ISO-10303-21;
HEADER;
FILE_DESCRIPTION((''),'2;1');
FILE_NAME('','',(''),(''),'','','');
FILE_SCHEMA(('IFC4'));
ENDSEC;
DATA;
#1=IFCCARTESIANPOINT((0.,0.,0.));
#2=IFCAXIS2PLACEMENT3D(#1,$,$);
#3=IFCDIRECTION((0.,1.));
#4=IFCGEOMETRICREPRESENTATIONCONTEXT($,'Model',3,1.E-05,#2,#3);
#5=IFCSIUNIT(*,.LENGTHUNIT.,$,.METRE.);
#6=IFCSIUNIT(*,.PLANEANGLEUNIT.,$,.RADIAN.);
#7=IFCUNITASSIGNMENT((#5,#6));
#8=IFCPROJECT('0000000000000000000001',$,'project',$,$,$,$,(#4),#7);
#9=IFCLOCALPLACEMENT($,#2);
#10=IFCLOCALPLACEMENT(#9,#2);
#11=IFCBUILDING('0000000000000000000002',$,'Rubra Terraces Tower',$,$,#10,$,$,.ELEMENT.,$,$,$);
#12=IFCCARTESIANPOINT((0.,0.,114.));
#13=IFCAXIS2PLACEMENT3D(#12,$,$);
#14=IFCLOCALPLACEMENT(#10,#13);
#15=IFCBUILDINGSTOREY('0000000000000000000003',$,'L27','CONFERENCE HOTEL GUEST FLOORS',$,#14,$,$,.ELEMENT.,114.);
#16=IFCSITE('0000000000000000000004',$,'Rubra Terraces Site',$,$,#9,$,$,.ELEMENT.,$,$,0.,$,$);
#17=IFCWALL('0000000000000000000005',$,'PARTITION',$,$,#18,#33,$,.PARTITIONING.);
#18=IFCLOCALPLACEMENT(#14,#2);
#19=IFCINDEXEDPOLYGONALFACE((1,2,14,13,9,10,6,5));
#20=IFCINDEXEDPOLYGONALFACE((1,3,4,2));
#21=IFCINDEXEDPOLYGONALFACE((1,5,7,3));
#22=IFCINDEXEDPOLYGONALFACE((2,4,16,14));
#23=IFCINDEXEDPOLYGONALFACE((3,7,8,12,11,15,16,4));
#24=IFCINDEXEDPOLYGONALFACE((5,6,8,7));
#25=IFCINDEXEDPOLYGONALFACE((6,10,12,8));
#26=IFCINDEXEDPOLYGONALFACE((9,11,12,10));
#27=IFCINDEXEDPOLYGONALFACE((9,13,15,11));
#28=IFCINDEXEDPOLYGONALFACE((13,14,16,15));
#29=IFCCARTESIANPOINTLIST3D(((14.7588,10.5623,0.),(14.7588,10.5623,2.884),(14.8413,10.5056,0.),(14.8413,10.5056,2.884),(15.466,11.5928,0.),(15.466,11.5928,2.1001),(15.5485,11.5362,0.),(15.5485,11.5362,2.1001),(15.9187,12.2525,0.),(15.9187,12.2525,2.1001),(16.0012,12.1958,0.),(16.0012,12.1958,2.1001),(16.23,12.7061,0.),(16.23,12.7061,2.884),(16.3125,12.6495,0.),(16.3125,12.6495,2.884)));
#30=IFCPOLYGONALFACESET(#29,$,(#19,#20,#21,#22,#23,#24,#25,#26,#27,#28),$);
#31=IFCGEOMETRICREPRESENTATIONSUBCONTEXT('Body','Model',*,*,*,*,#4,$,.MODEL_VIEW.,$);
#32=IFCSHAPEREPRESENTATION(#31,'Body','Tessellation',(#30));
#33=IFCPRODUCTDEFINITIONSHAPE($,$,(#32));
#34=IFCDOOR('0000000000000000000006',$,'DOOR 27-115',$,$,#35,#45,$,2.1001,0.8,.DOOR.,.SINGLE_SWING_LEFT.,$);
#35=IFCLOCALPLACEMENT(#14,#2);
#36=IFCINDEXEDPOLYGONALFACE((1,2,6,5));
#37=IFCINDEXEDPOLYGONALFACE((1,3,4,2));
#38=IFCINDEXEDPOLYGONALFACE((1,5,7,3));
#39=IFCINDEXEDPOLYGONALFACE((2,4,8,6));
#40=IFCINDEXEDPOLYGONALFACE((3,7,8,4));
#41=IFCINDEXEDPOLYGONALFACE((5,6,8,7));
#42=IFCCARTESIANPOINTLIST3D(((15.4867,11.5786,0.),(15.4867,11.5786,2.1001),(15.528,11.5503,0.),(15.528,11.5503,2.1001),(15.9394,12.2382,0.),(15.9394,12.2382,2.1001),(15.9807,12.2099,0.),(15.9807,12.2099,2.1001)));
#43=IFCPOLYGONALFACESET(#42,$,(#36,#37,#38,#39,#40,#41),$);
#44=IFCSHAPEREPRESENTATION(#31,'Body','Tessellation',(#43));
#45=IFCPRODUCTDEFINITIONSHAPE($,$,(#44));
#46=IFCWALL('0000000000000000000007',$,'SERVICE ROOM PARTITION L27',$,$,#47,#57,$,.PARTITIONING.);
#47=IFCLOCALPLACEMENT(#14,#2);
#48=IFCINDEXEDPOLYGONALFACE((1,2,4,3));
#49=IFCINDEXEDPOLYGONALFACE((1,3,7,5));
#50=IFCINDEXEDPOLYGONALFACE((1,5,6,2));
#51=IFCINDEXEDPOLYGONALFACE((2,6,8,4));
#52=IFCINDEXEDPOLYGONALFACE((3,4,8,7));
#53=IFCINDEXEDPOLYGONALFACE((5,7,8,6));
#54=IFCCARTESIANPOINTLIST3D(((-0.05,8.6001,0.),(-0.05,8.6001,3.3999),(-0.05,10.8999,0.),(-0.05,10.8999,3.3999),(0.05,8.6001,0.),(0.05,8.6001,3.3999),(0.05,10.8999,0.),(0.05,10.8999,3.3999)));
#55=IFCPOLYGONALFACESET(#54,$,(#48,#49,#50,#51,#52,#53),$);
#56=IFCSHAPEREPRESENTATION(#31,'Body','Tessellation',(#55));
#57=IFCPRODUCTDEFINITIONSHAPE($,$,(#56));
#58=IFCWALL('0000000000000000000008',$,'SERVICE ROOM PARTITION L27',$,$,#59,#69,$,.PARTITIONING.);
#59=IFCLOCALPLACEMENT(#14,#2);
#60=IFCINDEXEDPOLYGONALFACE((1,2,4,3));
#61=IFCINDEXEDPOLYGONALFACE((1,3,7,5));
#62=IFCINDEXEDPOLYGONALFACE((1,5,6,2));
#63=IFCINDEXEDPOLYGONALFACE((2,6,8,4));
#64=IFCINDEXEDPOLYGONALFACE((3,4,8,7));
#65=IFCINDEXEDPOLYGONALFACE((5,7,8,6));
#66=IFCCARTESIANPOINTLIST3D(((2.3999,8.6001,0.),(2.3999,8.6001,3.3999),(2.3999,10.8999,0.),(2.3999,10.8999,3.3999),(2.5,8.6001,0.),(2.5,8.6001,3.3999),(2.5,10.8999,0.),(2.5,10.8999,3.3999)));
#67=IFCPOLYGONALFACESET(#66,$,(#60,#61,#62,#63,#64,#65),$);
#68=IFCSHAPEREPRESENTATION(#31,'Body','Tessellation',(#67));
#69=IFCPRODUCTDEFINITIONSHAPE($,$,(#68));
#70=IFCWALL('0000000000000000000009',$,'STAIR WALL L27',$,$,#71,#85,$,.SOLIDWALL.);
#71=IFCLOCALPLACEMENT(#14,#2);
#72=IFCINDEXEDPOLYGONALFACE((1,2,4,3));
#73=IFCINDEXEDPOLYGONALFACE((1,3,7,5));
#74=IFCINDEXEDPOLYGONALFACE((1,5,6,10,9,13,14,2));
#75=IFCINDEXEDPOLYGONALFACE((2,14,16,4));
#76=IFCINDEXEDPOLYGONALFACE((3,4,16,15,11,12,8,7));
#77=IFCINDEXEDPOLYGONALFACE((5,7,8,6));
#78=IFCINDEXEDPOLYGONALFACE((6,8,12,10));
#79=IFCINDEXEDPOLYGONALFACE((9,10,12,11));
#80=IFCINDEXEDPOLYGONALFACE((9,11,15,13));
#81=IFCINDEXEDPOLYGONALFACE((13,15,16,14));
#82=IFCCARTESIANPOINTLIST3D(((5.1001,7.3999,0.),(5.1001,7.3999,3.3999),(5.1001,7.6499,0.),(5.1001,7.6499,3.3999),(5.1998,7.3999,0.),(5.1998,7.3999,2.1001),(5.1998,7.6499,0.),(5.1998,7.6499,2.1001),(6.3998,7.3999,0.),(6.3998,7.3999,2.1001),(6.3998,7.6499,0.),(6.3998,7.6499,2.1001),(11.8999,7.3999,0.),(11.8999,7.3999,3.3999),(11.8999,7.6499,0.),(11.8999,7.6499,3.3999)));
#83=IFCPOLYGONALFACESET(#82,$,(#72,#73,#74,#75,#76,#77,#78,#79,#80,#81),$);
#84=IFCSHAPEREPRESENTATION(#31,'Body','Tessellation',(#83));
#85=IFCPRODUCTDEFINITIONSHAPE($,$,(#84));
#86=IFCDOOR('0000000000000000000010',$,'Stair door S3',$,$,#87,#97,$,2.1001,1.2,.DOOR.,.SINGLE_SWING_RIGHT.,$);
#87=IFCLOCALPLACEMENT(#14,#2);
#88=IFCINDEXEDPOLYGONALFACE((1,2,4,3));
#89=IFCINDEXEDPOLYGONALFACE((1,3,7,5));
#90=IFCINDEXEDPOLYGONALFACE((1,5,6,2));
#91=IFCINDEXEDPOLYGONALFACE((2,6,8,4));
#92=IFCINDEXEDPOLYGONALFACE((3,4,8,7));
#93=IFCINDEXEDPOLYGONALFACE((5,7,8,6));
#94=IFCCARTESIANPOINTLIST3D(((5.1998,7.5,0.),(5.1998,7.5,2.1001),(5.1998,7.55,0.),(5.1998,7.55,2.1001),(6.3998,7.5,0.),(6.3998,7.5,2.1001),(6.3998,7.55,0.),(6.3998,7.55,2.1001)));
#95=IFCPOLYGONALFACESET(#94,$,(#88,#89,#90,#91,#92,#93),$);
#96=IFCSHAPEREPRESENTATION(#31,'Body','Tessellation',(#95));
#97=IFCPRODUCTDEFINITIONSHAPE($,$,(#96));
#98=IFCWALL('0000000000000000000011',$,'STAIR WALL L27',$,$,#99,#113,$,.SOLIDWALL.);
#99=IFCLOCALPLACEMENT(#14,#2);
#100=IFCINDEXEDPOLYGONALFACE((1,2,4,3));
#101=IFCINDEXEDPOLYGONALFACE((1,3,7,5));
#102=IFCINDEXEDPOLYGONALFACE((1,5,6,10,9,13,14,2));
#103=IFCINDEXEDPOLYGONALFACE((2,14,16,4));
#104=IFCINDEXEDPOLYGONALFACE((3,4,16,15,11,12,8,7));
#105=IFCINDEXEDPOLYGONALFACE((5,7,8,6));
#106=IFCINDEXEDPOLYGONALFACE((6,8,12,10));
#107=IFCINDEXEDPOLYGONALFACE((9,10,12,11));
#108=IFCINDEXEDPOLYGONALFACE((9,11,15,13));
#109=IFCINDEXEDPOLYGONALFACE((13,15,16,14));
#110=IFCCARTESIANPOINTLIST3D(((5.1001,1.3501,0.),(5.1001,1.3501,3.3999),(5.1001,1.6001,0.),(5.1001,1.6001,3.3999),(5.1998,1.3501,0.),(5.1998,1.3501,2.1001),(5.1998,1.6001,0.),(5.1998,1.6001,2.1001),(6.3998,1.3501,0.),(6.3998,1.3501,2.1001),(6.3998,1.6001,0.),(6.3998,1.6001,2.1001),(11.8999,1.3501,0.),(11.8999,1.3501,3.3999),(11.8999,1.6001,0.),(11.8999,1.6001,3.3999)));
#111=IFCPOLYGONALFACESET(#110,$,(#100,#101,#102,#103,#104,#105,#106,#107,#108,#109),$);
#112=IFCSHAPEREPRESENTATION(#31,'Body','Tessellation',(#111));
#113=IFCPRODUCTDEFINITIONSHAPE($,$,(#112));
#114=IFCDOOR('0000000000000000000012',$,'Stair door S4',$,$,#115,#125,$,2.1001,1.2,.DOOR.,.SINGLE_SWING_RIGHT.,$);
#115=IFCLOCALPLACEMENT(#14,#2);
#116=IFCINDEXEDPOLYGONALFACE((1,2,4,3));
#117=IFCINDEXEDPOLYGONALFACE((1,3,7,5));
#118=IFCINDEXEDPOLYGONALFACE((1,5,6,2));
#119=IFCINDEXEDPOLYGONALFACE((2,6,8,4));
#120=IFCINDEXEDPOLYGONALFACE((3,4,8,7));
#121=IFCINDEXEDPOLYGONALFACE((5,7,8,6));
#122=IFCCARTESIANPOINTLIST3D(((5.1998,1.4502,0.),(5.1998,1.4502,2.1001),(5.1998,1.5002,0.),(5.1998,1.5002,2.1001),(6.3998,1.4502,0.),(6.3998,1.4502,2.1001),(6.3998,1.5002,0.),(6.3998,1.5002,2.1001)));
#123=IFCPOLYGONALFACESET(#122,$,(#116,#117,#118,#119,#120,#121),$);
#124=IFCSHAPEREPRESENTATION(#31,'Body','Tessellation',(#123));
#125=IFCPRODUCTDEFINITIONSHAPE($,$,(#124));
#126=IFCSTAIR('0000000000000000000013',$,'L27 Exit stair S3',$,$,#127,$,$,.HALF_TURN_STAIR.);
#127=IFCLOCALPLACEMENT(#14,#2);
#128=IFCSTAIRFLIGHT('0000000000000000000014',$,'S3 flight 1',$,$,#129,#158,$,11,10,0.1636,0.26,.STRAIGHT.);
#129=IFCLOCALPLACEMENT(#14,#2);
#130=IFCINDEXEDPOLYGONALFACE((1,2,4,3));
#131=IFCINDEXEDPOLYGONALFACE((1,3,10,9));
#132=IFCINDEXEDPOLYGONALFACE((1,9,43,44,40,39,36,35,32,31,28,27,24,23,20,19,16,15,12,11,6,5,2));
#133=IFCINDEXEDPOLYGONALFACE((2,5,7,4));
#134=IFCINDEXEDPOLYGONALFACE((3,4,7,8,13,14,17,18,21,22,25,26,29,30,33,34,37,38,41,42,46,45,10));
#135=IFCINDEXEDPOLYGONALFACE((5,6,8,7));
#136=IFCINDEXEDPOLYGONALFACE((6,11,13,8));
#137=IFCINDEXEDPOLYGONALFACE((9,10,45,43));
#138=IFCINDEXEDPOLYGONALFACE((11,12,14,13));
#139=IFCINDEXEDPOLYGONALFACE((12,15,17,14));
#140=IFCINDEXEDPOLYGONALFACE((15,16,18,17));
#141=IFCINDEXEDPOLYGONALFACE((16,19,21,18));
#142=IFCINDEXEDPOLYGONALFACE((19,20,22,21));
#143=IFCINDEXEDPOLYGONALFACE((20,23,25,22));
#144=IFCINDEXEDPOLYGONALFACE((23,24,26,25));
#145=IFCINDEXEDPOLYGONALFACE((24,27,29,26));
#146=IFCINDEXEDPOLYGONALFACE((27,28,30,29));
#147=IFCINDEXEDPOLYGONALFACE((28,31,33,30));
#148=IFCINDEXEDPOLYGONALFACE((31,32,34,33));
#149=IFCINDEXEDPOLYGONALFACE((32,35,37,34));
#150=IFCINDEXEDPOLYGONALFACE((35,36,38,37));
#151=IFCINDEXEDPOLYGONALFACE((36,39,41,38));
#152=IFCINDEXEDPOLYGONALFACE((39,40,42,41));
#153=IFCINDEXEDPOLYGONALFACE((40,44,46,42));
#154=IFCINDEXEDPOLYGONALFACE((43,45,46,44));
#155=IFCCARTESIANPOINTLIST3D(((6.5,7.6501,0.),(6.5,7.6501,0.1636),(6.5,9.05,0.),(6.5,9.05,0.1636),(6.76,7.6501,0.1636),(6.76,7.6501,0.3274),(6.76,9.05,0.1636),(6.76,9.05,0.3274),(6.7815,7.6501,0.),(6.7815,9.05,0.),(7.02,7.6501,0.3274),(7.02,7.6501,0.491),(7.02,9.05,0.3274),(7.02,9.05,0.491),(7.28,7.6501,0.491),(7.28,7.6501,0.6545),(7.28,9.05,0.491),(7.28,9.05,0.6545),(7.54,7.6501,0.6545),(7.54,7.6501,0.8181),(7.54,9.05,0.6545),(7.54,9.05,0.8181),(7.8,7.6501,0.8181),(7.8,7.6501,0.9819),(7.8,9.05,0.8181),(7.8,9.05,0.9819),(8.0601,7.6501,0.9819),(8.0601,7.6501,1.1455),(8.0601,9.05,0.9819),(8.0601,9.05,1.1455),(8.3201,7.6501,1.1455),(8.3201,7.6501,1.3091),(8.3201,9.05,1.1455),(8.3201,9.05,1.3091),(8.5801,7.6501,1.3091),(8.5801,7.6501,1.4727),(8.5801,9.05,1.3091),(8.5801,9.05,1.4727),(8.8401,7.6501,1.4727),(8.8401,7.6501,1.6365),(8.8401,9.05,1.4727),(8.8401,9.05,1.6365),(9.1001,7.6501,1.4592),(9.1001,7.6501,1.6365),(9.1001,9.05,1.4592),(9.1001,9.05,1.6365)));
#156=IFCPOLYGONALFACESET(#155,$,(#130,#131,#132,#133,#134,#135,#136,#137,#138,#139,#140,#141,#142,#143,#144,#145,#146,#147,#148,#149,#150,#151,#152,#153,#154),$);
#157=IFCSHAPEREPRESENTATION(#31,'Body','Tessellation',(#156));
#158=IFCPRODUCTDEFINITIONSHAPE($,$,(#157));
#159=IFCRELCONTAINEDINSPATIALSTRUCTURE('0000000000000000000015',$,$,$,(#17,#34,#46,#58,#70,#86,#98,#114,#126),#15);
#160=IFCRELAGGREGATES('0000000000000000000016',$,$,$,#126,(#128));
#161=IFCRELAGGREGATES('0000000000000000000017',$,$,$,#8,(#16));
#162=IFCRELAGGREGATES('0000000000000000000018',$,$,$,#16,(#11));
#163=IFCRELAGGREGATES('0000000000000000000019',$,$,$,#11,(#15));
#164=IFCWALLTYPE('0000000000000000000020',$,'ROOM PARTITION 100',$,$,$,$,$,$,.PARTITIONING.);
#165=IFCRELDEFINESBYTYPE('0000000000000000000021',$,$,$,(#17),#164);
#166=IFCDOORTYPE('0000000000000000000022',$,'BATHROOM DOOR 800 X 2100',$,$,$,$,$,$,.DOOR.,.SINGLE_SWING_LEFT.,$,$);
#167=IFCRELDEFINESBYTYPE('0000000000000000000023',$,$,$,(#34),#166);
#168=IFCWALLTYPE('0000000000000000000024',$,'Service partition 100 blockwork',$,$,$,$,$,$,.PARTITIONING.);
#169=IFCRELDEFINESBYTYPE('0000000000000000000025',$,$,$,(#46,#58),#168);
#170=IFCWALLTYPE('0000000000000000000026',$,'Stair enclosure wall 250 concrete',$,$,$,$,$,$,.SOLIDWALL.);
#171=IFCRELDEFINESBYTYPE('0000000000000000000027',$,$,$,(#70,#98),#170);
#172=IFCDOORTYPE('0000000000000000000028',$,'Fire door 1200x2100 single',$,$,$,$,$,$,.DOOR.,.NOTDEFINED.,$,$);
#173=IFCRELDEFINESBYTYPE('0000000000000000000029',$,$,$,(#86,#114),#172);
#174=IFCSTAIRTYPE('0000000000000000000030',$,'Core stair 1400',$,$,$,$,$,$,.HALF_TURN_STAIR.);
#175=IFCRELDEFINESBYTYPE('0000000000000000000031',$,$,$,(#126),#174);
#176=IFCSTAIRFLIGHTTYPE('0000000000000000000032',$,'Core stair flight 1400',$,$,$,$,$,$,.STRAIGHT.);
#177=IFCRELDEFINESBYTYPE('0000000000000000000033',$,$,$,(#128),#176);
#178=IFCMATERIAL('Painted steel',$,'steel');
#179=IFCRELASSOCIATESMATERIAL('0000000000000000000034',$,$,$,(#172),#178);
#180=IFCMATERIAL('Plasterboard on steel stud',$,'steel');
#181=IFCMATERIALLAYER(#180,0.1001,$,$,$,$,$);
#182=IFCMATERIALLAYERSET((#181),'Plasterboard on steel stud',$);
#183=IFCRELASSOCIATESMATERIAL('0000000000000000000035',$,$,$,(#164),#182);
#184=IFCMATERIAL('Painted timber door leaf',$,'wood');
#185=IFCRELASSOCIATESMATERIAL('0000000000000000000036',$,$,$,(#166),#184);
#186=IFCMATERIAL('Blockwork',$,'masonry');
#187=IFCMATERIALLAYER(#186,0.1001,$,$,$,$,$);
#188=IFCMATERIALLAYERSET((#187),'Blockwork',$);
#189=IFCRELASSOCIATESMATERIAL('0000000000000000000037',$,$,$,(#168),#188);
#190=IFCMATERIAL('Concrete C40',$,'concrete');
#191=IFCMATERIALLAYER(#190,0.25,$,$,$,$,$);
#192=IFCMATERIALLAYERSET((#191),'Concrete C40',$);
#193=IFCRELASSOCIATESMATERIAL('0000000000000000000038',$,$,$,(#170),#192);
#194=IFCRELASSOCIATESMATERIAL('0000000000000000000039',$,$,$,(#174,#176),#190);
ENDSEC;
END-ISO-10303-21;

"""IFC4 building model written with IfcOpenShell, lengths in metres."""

from ifc_helpers import new_model, si_unit, direction, frame, frame_2d, origin, place, context, subcontext, project, spatial, polyline, rectangle, outline, extrude, material, layer, layer_set, type_object, element, fill, aggregate, save


model = new_model("IFC4")

# Units and contexts
model_context = context("Model", 3, precision=1e-05, world=origin(), true_north=direction((0.0, 1.0)))
body_context = subcontext(model_context, "Body", "Model", "MODEL_VIEW")
ifc_project = project(units=[si_unit("LENGTHUNIT", "METRE"), si_unit("PLANEANGLEUNIT", "RADIAN")], contexts=[model_context])

# Site, building, storey
site_placement = place(None, origin())
site = spatial("IfcSite", under=ifc_project, at=site_placement, Name="Rubra Terraces Site", CompositionType="ELEMENT", RefElevation=0.0)
building_placement = place(site_placement, origin())
building = spatial("IfcBuilding", under=site, at=building_placement, Name="Rubra Terraces Tower", CompositionType="ELEMENT")
storey_placement = place(building_placement, frame((0.0, 0.0, 114.0)))
storey = spatial("IfcBuildingStorey", under=building, at=storey_placement, Name="L27", Description="CONFERENCE HOTEL GUEST FLOORS", CompositionType="ELEMENT", Elevation=114.0)

# Shared definitions
ifc_material_1 = material(Name="Concrete C40", Category="concrete")

# Shared definitions
ifc_material_2 = material(Name="Painted steel", Category="steel")
door_type_1 = type_object("IfcDoorType", Name="Fire door 1200x2100 single", OperationType="NOTDEFINED", PredefinedType="DOOR", material=ifc_material_2)

# Wall, opening, door
ifc_material_3 = material(Name="Plasterboard on steel stud", Category="steel")
ifc_layer_1 = layer(ifc_material_3, 0.1001)
ifc_layer_set_1 = layer_set([ifc_layer_1], Name="Plasterboard on steel stud")
wall_type_1 = type_object("IfcWallType", Name="ROOM PARTITION 100", PredefinedType="PARTITIONING", material=ifc_layer_set_1)
wall_1_placement = place(storey_placement, frame((14.8, 10.5339, 0.0), z_axis=(0.0, 0.0, 1.0), x_axis=(0.565831, 0.824521, 0.0)))
wall_1 = element("IfcWall", 1, at=wall_1_placement, inside=storey, type_object=wall_type_1, Name="PARTITION", PredefinedType="PARTITIONING", context=body_context, shape_type="SweptSolid", body=[
    extrude(rectangle(XDim=2.6001, YDim=0.1001, at=frame_2d((1.3, 0.0))), origin(), (0.0, 0.0, 1.0), 2.884),
])
opening_1_placement = place(wall_1_placement, frame((1.25, 0.0, 0.0)))
opening_1 = element("IfcOpeningElement", 2, at=opening_1_placement, cuts=wall_1, PredefinedType="OPENING", context=body_context, shape_type="SweptSolid", body=[
    extrude(rectangle(XDim=0.8, YDim=2.1001, at=frame_2d((0.3999, 1.05))), frame((0.0, 0.0601, 0.0), z_axis=(0.0, -1.0, 0.0), x_axis=(1.0, 0.0, 0.0)), (0.0, 0.0, 1.0), 0.1201),
])
ifc_material_4 = material(Name="Painted timber door leaf", Category="wood")
door_type_2 = type_object("IfcDoorType", Name="BATHROOM DOOR 800 X 2100", OperationType="SINGLE_SWING_LEFT", PredefinedType="DOOR", material=ifc_material_4)
door_1_placement = place(opening_1_placement, origin())
door_1 = element("IfcDoor", 3, at=door_1_placement, inside=storey, type_object=door_type_2, Name="DOOR 27-115", OperationType="SINGLE_SWING_LEFT", OverallHeight=2.1001, OverallWidth=0.8, PredefinedType="DOOR", context=body_context, shape_type="SweptSolid", body=[
    extrude(rectangle(XDim=0.8, YDim=2.1001, at=frame_2d((0.3999, 1.05))), frame((0.0, 0.0249, 0.0), z_axis=(0.0, -1.0, 0.0), x_axis=(1.0, 0.0, 0.0)), (0.0, 0.0, 1.0), 0.05),
])
fill(opening_1, door_1)

# Walls
ifc_material_5 = material(Name="Blockwork", Category="masonry")
ifc_layer_2 = layer(ifc_material_5, 0.1001)
ifc_layer_set_2 = layer_set([ifc_layer_2], Name="Blockwork")
wall_type_2 = type_object("IfcWallType", Name="Service partition 100 blockwork", PredefinedType="PARTITIONING", material=ifc_layer_set_2)
for number, where, z_axis, x_axis, name in (
    (4, (0.0, 8.6001, 0.0), (0.0, 0.0, 1.0), (0.0, 1.0, 0.0), "SERVICE ROOM PARTITION L27"),
    (5, (2.45, 8.6001, 0.0), (0.0, 0.0, 1.0), (0.0, 1.0, 0.0), "SERVICE ROOM PARTITION L27"),
):
    element("IfcWall", number, at=place(storey_placement, frame(where, z_axis=z_axis, x_axis=x_axis)), inside=storey, type_object=wall_type_2, Name=name, PredefinedType="PARTITIONING", context=body_context, shape_type="SweptSolid", body=[
        extrude(rectangle(XDim=2.2998, YDim=0.1001, at=frame_2d((1.1499, 0.0))), origin(), (0.0, 0.0, 1.0), 3.3999),
    ])

# Walls, openings, doors
ifc_layer_3 = layer(ifc_material_1, 0.25)
ifc_layer_set_3 = layer_set([ifc_layer_3], Name="Concrete C40")
wall_type_3 = type_object("IfcWallType", Name="Stair enclosure wall 250 concrete", PredefinedType="SOLIDWALL", material=ifc_layer_set_3)
wall_2_placement = place(storey_placement, frame((11.8999, 7.5249, 0.0), z_axis=(0.0, 0.0, 1.0), x_axis=(-1.0, 0.0, 0.0)))
wall_2 = element("IfcWall", 6, at=wall_2_placement, inside=storey, type_object=wall_type_3, Name="STAIR WALL L27", PredefinedType="SOLIDWALL", context=body_context, shape_type="SweptSolid", body=[
    extrude(rectangle(XDim=6.7998, YDim=0.25, at=frame_2d((3.3999, 0.0))), origin(), (0.0, 0.0, 1.0), 3.3999),
])
opening_2_placement = place(wall_2_placement, frame((5.5, 0.0, 0.0)))
opening_2 = element("IfcOpeningElement", 7, at=opening_2_placement, cuts=wall_2, PredefinedType="OPENING", context=body_context, shape_type="SweptSolid", body=[
    extrude(rectangle(XDim=1.2, YDim=2.1001, at=frame_2d((0.6001, 1.05))), frame((0.0, 0.135, 0.0), z_axis=(0.0, -1.0, 0.0), x_axis=(1.0, 0.0, 0.0)), (0.0, 0.0, 1.0), 0.27),
])
door_2_placement = place(opening_2_placement, origin())
door_2 = element("IfcDoor", 8, at=door_2_placement, inside=storey, type_object=door_type_1, Name="Stair door S3", OperationType="SINGLE_SWING_RIGHT", OverallHeight=2.1001, OverallWidth=1.2, PredefinedType="DOOR", context=body_context, shape_type="SweptSolid", body=[
    extrude(rectangle(XDim=1.2, YDim=2.1001, at=frame_2d((0.6001, 1.05))), frame((0.0, 0.0249, 0.0), z_axis=(0.0, -1.0, 0.0), x_axis=(1.0, 0.0, 0.0)), (0.0, 0.0, 1.0), 0.05),
])
fill(opening_2, door_2)
wall_3_placement = place(storey_placement, frame((11.8999, 1.4751, 0.0), z_axis=(0.0, 0.0, 1.0), x_axis=(-1.0, 0.0, 0.0)))
wall_3 = element("IfcWall", 9, at=wall_3_placement, inside=storey, type_object=wall_type_3, Name="STAIR WALL L27", PredefinedType="SOLIDWALL", context=body_context, shape_type="SweptSolid", body=[
    extrude(rectangle(XDim=6.7998, YDim=0.25, at=frame_2d((3.3999, 0.0))), origin(), (0.0, 0.0, 1.0), 3.3999),
])
opening_3_placement = place(wall_3_placement, frame((5.5, 0.0, 0.0)))
opening_3 = element("IfcOpeningElement", 10, at=opening_3_placement, cuts=wall_3, PredefinedType="OPENING", context=body_context, shape_type="SweptSolid", body=[
    extrude(rectangle(XDim=1.2, YDim=2.1001, at=frame_2d((0.6001, 1.05))), frame((0.0, 0.135, 0.0), z_axis=(0.0, -1.0, 0.0), x_axis=(1.0, 0.0, 0.0)), (0.0, 0.0, 1.0), 0.27),
])
door_3_placement = place(opening_3_placement, origin())
door_3 = element("IfcDoor", 11, at=door_3_placement, inside=storey, type_object=door_type_1, Name="Stair door S4", OperationType="SINGLE_SWING_RIGHT", OverallHeight=2.1001, OverallWidth=1.2, PredefinedType="DOOR", context=body_context, shape_type="SweptSolid", body=[
    extrude(rectangle(XDim=1.2, YDim=2.1001, at=frame_2d((0.6001, 1.05))), frame((0.0, 0.0249, 0.0), z_axis=(0.0, -1.0, 0.0), x_axis=(1.0, 0.0, 0.0)), (0.0, 0.0, 1.0), 0.05),
])
fill(opening_3, door_3)

# Stair, stair flight
stair_type = type_object("IfcStairType", Name="Core stair 1400", PredefinedType="HALF_TURN_STAIR", material=ifc_material_1)
stair_1_placement = place(storey_placement, origin())
stair_1 = element("IfcStair", 12, at=stair_1_placement, inside=storey, type_object=stair_type, Name="L27 Exit stair S3", PredefinedType="HALF_TURN_STAIR")
stair_flight_type = type_object("IfcStairFlightType", Name="Core stair flight 1400", PredefinedType="STRAIGHT", material=ifc_material_1)
stair_flight_1_placement = place(storey_placement, frame((6.5, 8.3501, 0.0), z_axis=(0.0, 0.0, 1.0), x_axis=(1.0, 0.0, 0.0)))
stair_flight_1 = element("IfcStairFlight", 13, at=stair_flight_1_placement, type_object=stair_flight_type, Name="S3 flight 1", NumberOfRisers=11, NumberOfTreads=10, PredefinedType="STRAIGHT", RiserHeight=0.1636, TreadLength=0.26, context=body_context, shape_type="SweptSolid", body=[
    extrude(outline(polyline([(0.0, 0.0), (0.0, 0.1636), (0.26, 0.1636), (0.26, 0.3274), (0.52, 0.3274), (0.52, 0.491), (0.78, 0.491), (0.78, 0.6545), (1.04, 0.6545), (1.04, 0.8181), (1.3, 0.8181), (1.3, 0.9819), (1.5601, 0.9819), (1.5601, 1.1455), (1.8201, 1.1455), (1.8201, 1.3091), (2.0801, 1.3091), (2.0801, 1.4727), (2.3401, 1.4727), (2.3401, 1.6365), (2.6001, 1.6365), (2.6001, 1.8), (2.6001, 1.4592), (0.2815, 0.0), (0.0, 0.0)])), frame((0.0, 0.7, 0.0), z_axis=(0.0, -1.0, 0.0), x_axis=(1.0, 0.0, 0.0)), (0.0, 0.0, 1.0), 1.3999),
])
aggregate(stair_1, [stair_flight_1])

save(model, "model.ifc")
